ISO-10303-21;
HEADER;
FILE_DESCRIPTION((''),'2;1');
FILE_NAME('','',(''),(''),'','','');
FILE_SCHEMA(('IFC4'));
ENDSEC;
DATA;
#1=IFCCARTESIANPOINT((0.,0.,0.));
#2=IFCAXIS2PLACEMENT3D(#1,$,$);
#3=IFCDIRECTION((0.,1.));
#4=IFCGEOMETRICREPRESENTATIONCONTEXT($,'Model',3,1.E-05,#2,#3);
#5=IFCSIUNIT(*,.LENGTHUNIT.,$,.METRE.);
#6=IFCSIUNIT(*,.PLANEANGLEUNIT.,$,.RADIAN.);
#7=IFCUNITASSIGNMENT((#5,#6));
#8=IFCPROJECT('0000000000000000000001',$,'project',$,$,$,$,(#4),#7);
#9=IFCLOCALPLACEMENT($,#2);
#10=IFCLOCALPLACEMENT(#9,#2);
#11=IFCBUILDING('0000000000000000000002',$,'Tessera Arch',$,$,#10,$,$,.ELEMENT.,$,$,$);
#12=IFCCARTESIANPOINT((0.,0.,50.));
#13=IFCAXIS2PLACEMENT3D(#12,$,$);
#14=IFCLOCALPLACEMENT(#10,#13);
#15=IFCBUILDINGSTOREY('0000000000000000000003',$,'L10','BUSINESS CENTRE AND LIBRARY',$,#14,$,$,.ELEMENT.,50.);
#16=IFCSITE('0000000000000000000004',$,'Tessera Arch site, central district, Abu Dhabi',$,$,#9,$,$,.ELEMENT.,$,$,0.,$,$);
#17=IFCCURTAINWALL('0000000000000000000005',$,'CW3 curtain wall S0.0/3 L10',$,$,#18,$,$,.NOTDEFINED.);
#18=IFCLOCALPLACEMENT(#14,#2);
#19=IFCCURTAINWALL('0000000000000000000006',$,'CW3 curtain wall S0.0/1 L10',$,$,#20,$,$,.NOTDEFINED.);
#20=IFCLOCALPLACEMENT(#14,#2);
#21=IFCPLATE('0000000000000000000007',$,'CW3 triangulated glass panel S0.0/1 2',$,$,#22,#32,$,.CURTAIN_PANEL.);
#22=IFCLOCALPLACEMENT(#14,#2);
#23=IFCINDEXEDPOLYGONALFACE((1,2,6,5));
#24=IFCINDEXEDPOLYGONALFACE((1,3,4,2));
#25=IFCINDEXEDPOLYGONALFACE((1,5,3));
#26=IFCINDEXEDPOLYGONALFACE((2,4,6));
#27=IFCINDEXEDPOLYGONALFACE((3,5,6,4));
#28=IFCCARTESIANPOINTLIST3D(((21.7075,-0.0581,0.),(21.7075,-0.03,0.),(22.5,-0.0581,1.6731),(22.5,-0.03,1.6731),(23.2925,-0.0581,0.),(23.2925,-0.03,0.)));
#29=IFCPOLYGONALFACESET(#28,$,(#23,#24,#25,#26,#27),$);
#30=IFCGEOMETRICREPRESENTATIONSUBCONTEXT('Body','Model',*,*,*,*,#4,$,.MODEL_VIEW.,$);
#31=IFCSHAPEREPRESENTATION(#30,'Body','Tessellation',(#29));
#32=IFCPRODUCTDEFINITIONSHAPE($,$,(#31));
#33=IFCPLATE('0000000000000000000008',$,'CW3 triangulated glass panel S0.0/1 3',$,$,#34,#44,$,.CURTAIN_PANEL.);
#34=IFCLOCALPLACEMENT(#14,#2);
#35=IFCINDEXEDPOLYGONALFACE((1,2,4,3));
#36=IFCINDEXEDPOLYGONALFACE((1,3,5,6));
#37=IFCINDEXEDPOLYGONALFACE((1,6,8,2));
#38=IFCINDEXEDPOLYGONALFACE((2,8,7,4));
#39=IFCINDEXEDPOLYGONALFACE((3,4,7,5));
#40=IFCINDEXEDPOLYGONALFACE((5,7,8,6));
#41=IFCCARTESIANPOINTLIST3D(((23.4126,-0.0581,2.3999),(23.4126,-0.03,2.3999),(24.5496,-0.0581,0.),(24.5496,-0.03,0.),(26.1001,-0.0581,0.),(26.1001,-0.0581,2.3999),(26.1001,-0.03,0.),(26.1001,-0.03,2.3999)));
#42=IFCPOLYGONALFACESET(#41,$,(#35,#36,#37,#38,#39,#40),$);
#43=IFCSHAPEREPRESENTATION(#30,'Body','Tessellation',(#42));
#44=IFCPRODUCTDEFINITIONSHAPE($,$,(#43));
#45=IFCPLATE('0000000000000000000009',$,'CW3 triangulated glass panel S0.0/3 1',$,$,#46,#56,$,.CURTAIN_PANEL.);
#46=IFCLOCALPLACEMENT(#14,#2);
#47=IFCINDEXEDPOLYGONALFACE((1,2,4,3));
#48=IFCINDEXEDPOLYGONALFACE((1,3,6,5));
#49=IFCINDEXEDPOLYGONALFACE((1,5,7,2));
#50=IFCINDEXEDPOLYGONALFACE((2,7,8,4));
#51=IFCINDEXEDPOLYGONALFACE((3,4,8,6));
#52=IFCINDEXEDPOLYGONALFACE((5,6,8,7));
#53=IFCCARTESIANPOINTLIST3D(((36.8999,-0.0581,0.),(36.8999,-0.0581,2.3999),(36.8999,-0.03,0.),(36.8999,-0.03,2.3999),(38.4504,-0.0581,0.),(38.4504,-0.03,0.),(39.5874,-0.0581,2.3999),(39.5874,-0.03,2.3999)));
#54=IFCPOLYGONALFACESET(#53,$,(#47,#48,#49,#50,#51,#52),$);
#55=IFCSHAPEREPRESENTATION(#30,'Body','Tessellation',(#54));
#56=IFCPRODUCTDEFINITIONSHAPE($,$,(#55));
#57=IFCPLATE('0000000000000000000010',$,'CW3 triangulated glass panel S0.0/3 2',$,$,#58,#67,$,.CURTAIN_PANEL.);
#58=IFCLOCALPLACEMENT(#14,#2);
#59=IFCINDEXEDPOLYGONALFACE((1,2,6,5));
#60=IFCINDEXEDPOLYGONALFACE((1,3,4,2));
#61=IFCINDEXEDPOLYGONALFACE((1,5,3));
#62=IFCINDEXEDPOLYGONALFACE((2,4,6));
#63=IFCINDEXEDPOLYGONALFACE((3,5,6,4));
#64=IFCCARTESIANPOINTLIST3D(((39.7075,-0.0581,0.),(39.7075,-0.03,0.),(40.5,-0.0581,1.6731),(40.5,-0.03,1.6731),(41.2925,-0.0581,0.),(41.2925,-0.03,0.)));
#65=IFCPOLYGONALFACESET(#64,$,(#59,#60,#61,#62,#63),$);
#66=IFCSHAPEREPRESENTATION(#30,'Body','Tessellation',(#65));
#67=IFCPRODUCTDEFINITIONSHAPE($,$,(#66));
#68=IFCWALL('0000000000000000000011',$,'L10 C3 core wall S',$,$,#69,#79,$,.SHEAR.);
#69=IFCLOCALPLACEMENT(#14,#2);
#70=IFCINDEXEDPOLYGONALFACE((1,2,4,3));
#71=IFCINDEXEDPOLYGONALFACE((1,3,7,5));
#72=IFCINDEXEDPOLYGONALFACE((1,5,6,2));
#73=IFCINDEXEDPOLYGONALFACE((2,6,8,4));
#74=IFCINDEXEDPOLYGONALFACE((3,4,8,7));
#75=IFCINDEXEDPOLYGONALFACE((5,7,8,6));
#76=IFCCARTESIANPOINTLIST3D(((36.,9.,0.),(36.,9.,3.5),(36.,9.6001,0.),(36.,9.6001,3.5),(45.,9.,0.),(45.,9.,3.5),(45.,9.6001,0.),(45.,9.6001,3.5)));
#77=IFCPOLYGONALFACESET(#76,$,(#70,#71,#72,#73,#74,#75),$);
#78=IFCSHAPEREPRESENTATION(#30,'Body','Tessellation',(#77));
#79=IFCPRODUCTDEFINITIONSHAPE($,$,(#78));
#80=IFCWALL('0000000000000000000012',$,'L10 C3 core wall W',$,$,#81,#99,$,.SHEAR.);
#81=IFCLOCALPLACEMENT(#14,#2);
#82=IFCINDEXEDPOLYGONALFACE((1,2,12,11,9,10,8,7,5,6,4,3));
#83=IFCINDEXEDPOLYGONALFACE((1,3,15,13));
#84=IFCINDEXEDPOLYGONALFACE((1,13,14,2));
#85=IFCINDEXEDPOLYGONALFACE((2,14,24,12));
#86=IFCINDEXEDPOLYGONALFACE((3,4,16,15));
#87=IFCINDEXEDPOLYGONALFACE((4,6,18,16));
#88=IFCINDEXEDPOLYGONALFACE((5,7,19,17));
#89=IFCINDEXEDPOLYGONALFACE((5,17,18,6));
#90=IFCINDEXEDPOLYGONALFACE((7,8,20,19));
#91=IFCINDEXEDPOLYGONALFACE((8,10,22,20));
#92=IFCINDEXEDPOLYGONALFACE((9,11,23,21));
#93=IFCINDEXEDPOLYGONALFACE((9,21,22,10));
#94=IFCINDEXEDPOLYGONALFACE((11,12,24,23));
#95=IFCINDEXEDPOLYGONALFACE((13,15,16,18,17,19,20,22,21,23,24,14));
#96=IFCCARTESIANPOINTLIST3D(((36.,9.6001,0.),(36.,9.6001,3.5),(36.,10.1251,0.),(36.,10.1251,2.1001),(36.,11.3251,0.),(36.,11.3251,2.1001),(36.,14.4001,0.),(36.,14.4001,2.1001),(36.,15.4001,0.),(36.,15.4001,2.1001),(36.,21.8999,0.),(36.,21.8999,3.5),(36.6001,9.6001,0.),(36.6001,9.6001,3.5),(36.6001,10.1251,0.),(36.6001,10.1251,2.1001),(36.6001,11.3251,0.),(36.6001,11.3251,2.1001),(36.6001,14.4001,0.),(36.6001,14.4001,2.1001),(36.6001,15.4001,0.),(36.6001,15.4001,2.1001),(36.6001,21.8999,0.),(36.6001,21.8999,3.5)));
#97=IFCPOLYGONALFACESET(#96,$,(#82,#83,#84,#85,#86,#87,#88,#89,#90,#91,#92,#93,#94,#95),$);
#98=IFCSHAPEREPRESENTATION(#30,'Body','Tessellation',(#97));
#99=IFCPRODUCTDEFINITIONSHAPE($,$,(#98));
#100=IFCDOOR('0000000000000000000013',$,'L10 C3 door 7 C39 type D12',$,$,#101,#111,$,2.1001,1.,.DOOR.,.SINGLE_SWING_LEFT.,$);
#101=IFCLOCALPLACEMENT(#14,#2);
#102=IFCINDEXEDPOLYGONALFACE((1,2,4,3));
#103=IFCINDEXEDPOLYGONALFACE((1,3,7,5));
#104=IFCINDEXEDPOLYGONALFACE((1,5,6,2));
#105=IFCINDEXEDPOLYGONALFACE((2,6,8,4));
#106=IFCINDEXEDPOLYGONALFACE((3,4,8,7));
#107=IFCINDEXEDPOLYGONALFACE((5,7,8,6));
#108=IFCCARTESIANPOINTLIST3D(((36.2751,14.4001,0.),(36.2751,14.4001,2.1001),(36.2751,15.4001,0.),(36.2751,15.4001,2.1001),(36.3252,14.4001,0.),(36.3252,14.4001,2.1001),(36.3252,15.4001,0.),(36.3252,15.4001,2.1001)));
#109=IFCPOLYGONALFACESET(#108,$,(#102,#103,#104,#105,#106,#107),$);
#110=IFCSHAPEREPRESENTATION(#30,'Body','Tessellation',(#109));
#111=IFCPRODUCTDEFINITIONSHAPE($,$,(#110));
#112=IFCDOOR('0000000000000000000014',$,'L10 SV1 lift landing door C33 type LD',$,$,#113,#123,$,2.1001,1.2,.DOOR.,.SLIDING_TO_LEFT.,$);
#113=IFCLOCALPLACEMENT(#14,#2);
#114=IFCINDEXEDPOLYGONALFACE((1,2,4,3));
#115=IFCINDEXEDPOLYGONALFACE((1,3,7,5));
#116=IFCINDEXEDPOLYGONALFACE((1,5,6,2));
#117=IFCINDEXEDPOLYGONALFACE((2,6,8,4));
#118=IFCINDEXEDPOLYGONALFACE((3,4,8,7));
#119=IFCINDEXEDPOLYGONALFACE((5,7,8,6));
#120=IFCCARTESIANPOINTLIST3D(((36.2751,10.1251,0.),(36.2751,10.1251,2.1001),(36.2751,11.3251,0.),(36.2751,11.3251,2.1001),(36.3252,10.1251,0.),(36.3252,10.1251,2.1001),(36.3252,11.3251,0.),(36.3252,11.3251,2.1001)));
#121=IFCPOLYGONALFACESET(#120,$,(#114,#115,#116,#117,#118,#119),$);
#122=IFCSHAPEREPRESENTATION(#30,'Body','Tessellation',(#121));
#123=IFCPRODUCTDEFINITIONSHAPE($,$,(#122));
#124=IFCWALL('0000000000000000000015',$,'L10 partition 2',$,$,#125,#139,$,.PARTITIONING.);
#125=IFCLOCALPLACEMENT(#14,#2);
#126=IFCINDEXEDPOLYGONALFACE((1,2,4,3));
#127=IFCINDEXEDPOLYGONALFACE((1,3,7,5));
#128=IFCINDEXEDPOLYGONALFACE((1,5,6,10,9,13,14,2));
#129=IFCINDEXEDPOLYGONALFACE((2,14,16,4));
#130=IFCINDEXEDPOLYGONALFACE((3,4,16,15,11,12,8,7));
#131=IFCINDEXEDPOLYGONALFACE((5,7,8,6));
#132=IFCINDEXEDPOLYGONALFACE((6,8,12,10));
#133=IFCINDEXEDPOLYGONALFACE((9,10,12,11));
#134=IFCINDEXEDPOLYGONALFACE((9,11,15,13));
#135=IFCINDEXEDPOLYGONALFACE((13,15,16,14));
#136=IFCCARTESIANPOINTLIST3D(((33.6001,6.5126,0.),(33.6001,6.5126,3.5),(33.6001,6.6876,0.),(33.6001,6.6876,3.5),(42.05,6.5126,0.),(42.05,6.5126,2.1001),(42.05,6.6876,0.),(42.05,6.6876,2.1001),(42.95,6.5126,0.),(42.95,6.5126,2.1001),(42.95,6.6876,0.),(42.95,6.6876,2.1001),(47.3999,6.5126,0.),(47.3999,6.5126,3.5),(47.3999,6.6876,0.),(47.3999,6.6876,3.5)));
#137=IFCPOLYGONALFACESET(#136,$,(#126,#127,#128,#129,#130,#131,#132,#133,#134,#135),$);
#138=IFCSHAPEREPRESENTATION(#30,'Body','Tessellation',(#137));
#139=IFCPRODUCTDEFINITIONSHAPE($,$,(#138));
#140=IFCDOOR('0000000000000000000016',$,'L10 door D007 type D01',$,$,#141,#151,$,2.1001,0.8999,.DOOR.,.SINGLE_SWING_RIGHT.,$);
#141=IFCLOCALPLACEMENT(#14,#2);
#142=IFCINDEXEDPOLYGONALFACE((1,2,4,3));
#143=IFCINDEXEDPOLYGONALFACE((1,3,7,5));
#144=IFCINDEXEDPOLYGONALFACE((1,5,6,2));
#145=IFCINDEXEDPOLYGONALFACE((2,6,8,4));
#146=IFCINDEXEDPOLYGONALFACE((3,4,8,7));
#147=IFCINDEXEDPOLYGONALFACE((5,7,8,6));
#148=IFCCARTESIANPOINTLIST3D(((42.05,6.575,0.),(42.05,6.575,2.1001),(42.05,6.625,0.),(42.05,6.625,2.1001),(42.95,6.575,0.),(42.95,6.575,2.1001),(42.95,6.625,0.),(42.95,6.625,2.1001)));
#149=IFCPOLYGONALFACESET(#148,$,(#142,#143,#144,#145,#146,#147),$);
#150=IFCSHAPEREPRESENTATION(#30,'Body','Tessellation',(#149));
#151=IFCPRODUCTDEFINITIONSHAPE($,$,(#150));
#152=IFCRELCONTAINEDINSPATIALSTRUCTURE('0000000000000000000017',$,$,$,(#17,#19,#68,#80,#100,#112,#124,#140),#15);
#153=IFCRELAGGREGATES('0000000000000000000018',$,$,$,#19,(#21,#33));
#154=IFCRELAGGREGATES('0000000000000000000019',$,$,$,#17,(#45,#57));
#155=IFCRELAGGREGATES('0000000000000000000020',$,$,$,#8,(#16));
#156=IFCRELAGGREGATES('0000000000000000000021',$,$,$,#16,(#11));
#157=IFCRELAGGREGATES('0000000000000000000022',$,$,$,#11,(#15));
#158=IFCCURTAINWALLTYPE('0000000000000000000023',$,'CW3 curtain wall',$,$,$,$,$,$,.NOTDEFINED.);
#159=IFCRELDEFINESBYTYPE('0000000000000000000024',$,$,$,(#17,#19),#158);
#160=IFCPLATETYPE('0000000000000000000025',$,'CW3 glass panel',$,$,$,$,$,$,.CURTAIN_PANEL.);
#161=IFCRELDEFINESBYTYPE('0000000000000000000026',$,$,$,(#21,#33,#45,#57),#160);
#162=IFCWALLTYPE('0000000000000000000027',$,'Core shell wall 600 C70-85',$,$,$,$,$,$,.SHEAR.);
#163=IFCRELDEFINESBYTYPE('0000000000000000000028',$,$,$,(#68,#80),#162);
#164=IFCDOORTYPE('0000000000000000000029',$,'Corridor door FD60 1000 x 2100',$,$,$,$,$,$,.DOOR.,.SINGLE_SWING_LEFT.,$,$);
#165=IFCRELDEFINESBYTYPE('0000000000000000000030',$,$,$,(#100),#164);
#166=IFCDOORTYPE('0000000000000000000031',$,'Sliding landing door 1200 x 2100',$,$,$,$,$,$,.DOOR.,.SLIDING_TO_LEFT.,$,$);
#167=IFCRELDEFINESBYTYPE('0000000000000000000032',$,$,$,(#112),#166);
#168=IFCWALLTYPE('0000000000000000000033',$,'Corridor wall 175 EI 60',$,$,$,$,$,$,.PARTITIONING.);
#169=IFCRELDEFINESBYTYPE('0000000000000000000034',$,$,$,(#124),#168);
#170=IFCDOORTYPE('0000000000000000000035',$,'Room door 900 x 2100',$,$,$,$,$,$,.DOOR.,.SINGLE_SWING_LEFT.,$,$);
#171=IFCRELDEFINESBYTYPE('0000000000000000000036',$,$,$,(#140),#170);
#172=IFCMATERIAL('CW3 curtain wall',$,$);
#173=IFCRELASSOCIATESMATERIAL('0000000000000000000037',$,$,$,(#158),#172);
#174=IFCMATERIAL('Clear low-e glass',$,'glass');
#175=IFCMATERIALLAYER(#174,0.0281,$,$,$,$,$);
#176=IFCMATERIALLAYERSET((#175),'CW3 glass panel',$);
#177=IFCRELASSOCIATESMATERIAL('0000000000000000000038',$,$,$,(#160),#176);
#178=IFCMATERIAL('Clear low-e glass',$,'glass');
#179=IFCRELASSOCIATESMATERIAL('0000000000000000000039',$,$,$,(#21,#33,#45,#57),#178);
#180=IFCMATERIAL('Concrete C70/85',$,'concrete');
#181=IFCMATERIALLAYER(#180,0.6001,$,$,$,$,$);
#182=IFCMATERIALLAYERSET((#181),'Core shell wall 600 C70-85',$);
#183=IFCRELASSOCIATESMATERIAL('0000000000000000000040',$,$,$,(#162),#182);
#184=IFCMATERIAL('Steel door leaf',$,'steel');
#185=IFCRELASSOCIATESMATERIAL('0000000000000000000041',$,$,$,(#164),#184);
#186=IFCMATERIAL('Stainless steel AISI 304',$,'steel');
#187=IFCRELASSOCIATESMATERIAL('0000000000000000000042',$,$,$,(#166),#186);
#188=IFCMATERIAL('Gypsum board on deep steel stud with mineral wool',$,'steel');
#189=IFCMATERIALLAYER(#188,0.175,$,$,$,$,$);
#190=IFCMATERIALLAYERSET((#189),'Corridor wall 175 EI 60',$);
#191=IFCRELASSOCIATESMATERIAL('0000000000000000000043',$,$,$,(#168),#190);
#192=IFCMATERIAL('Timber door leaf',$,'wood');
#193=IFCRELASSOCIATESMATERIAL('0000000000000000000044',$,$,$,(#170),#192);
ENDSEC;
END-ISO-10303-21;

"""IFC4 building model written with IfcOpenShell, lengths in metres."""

from ifc_helpers import new_model, si_unit, direction, frame, frame_2d, origin, place, context, subcontext, project, spatial, polyline, rectangle, outline, extrude, material, layer, layer_set, type_object, element, fill, aggregate, save


model = new_model("IFC4")

# Units and contexts
model_context = context("Model", 3, precision=1e-05, world=origin(), true_north=direction((0.0, 1.0)))
body_context = subcontext(model_context, "Body", "Model", "MODEL_VIEW")
ifc_project = project(units=[si_unit("LENGTHUNIT", "METRE"), si_unit("PLANEANGLEUNIT", "RADIAN")], contexts=[model_context])

# Site, building, storey
site_placement = place(None, origin())
site = spatial("IfcSite", under=ifc_project, at=site_placement, Name="Tessera Arch site, central district, Abu Dhabi", CompositionType="ELEMENT", RefElevation=0.0)
building_placement = place(site_placement, origin())
building = spatial("IfcBuilding", under=site, at=building_placement, Name="Tessera Arch", CompositionType="ELEMENT")
storey_placement = place(building_placement, frame((0.0, 0.0, 50.0)))
storey = spatial("IfcBuildingStorey", under=building, at=storey_placement, Name="L10", Description="BUSINESS CENTRE AND LIBRARY", CompositionType="ELEMENT", Elevation=50.0)

# Curtain wall
ifc_material_1 = material(Name="CW3 curtain wall")
curtain_wall_type_1 = type_object("IfcCurtainWallType", Name="CW3 curtain wall", PredefinedType="NOTDEFINED", material=ifc_material_1)
curtain_wall_1_placement = place(storey_placement, origin())
curtain_wall_1 = element("IfcCurtainWall", 1, at=curtain_wall_1_placement, inside=storey, type_object=curtain_wall_type_1, Name="CW3 curtain wall S0.0/3 L10", PredefinedType="NOTDEFINED")

# Shared definitions
ifc_material_2 = material(Name="Clear low-e glass", Category="glass")

# Curtain wall, plates
curtain_wall_2_placement = place(storey_placement, origin())
curtain_wall_2 = element("IfcCurtainWall", 2, at=curtain_wall_2_placement, inside=storey, type_object=curtain_wall_type_1, Name="CW3 curtain wall S0.0/1 L10", PredefinedType="NOTDEFINED")
ifc_material_3 = material(Name="Clear low-e glass", Category="glass")
ifc_layer_1 = layer(ifc_material_3, 0.0281)
ifc_layer_set_1 = layer_set([ifc_layer_1], Name="CW3 glass panel")
plate_type_1 = type_object("IfcPlateType", Name="CW3 glass panel", PredefinedType="CURTAIN_PANEL", material=ifc_layer_set_1)
plate_1_placement = place(storey_placement, frame((21.7075, -0.0581, 0.0), z_axis=(0.0, -1.0, 0.0), x_axis=(1.0, 0.0, 0.0)))
plate_1 = element("IfcPlate", 3, at=plate_1_placement, type_object=plate_type_1, material=ifc_material_2, Name="CW3 triangulated glass panel S0.0/1 2", PredefinedType="CURTAIN_PANEL", context=body_context, shape_type="SweptSolid", body=[
    extrude(outline(polyline([(0.0, 0.0), (1.585, 0.0), (0.7925, 1.6731), (0.0, 0.0)])), origin(), (0.0, 0.0, -1.0), 0.0281),
])
plate_2_placement = place(storey_placement, frame((26.1001, -0.0581, 2.3999), z_axis=(0.0, -1.0, 0.0), x_axis=(-1.0, 0.0, 0.0)))
plate_2 = element("IfcPlate", 4, at=plate_2_placement, type_object=plate_type_1, material=ifc_material_2, Name="CW3 triangulated glass panel S0.0/1 3", PredefinedType="CURTAIN_PANEL", context=body_context, shape_type="SweptSolid", body=[
    extrude(outline(polyline([(0.0, 0.0), (2.6875, 0.0), (1.5505, 2.3999), (0.0, 2.3999), (0.0, 0.0)])), origin(), (0.0, 0.0, -1.0), 0.0281),
])
aggregate(curtain_wall_2, [plate_1, plate_2])

# Plates
plate_3_placement = place(storey_placement, frame((36.8999, -0.0581, 0.0), z_axis=(0.0, -1.0, 0.0), x_axis=(1.0, 0.0, 0.0)))
plate_3 = element("IfcPlate", 5, at=plate_3_placement, type_object=plate_type_1, material=ifc_material_2, Name="CW3 triangulated glass panel S0.0/3 1", PredefinedType="CURTAIN_PANEL", context=body_context, shape_type="SweptSolid", body=[
    extrude(outline(polyline([(0.0, 0.0), (1.5505, 0.0), (2.6875, 2.3999), (0.0, 2.3999), (0.0, 0.0)])), origin(), (0.0, 0.0, -1.0), 0.0281),
])
plate_4_placement = place(storey_placement, frame((39.7075, -0.0581, 0.0), z_axis=(0.0, -1.0, 0.0), x_axis=(1.0, 0.0, 0.0)))
plate_4 = element("IfcPlate", 6, at=plate_4_placement, type_object=plate_type_1, material=ifc_material_2, Name="CW3 triangulated glass panel S0.0/3 2", PredefinedType="CURTAIN_PANEL", context=body_context, shape_type="SweptSolid", body=[
    extrude(outline(polyline([(0.0, 0.0), (1.585, 0.0), (0.7925, 1.6731), (0.0, 0.0)])), origin(), (0.0, 0.0, -1.0), 0.0281),
])
aggregate(curtain_wall_1, [plate_3, plate_4])

# Wall
ifc_material_4 = material(Name="Concrete C70/85", Category="concrete")
ifc_layer_2 = layer(ifc_material_4, 0.6001)
ifc_layer_set_2 = layer_set([ifc_layer_2], Name="Core shell wall 600 C70-85")
wall_type_1 = type_object("IfcWallType", Name="Core shell wall 600 C70-85", PredefinedType="SHEAR", material=ifc_layer_set_2)
wall_1_placement = place(storey_placement, frame((36.0, 9.3, 0.0), z_axis=(0.0, 0.0, 1.0), x_axis=(1.0, 0.0, 0.0)))
element("IfcWall", 7, at=wall_1_placement, inside=storey, type_object=wall_type_1, Name="L10 C3 core wall S", PredefinedType="SHEAR", context=body_context, shape_type="SweptSolid", body=[
    extrude(rectangle(XDim=9.0, YDim=0.6001, at=frame_2d((4.5, 0.0))), origin(), (0.0, 0.0, 1.0), 3.5),
])

# Wall, openings, doors
wall_2_placement = place(storey_placement, frame((36.3, 9.6001, 0.0), z_axis=(0.0, 0.0, 1.0), x_axis=(0.0, 1.0, 0.0)))
wall_2 = element("IfcWall", 8, at=wall_2_placement, inside=storey, type_object=wall_type_1, Name="L10 C3 core wall W", PredefinedType="SHEAR", context=body_context, shape_type="SweptSolid", body=[
    extrude(rectangle(XDim=12.2998, YDim=0.6001, at=frame_2d((6.1499, 0.0))), origin(), (0.0, 0.0, 1.0), 3.5),
])
opening_1_placement = place(wall_2_placement, frame((0.5249, 0.0, 0.0)))
opening_1 = element("IfcOpeningElement", 9, at=opening_1_placement, cuts=wall_2, PredefinedType="OPENING", context=body_context, shape_type="SweptSolid", body=[
    extrude(rectangle(XDim=1.2, YDim=2.1001, at=frame_2d((0.6001, 1.05))), frame((0.0, 0.3101, 0.0), z_axis=(0.0, -1.0, 0.0), x_axis=(1.0, 0.0, 0.0)), (0.0, 0.0, 1.0), 0.6201),
])
opening_2_placement = place(wall_2_placement, frame((4.8, 0.0, 0.0)))
opening_2 = element("IfcOpeningElement", 10, at=opening_2_placement, cuts=wall_2, PredefinedType="OPENING", context=body_context, shape_type="SweptSolid", body=[
    extrude(rectangle(XDim=1.0, YDim=2.1001, at=frame_2d((0.5, 1.05))), frame((0.0, 0.3101, 0.0), z_axis=(0.0, -1.0, 0.0), x_axis=(1.0, 0.0, 0.0)), (0.0, 0.0, 1.0), 0.6201),
])
ifc_material_5 = material(Name="Steel door leaf", Category="steel")
door_type_1 = type_object("IfcDoorType", Name="Corridor door FD60 1000 x 2100", OperationType="SINGLE_SWING_LEFT", PredefinedType="DOOR", material=ifc_material_5)
door_1_placement = place(opening_2_placement, origin())
door_1 = element("IfcDoor", 11, at=door_1_placement, inside=storey, type_object=door_type_1, Name="L10 C3 door 7 C39 type D12", OperationType="SINGLE_SWING_LEFT", OverallHeight=2.1001, OverallWidth=1.0, PredefinedType="DOOR", context=body_context, shape_type="SweptSolid", body=[
    extrude(rectangle(XDim=1.0, YDim=2.1001, at=frame_2d((0.5, 1.05))), frame((0.0, 0.0249, 0.0), z_axis=(0.0, -1.0, 0.0), x_axis=(1.0, 0.0, 0.0)), (0.0, 0.0, 1.0), 0.05),
])
fill(opening_2, door_1)
ifc_material_6 = material(Name="Stainless steel AISI 304", Category="steel")
door_type_2 = type_object("IfcDoorType", Name="Sliding landing door 1200 x 2100", OperationType="SLIDING_TO_LEFT", PredefinedType="DOOR", material=ifc_material_6)
door_2_placement = place(opening_1_placement, origin())
door_2 = element("IfcDoor", 12, at=door_2_placement, inside=storey, type_object=door_type_2, Name="L10 SV1 lift landing door C33 type LD", OperationType="SLIDING_TO_LEFT", OverallHeight=2.1001, OverallWidth=1.2, PredefinedType="DOOR", context=body_context, shape_type="SweptSolid", body=[
    extrude(rectangle(XDim=1.2, YDim=2.1001, at=frame_2d((0.6001, 1.05))), frame((0.0, 0.0249, 0.0), z_axis=(0.0, -1.0, 0.0), x_axis=(1.0, 0.0, 0.0)), (0.0, 0.0, 1.0), 0.05),
])
fill(opening_1, door_2)

# Wall, opening, door
ifc_material_7 = material(Name="Gypsum board on deep steel stud with mineral wool", Category="steel")
ifc_layer_3 = layer(ifc_material_7, 0.175)
ifc_layer_set_3 = layer_set([ifc_layer_3], Name="Corridor wall 175 EI 60")
wall_type_2 = type_object("IfcWallType", Name="Corridor wall 175 EI 60", PredefinedType="PARTITIONING", material=ifc_layer_set_3)
wall_3_placement = place(storey_placement, frame((33.6001, 6.6001, 0.0), z_axis=(0.0, 0.0, 1.0), x_axis=(1.0, 0.0, 0.0)))
wall_3 = element("IfcWall", 13, at=wall_3_placement, inside=storey, type_object=wall_type_2, Name="L10 partition 2", PredefinedType="PARTITIONING", context=body_context, shape_type="SweptSolid", body=[
    extrude(rectangle(XDim=13.7998, YDim=0.175, at=frame_2d((6.8999, 0.0))), origin(), (0.0, 0.0, 1.0), 3.5),
])
opening_3_placement = place(wall_3_placement, frame((8.45, 0.0, 0.0)))
opening_3 = element("IfcOpeningElement", 14, at=opening_3_placement, cuts=wall_3, PredefinedType="OPENING", context=body_context, shape_type="SweptSolid", body=[
    extrude(rectangle(XDim=0.8999, YDim=2.1001, at=frame_2d((0.45, 1.05))), frame((0.0, 0.0974, 0.0), z_axis=(0.0, -1.0, 0.0), x_axis=(1.0, 0.0, 0.0)), (0.0, 0.0, 1.0), 0.1951),
])
ifc_material_8 = material(Name="Timber door leaf", Category="wood")
door_type_3 = type_object("IfcDoorType", Name="Room door 900 x 2100", OperationType="SINGLE_SWING_LEFT", PredefinedType="DOOR", material=ifc_material_8)
door_3_placement = place(opening_3_placement, origin())
door_3 = element("IfcDoor", 15, at=door_3_placement, inside=storey, type_object=door_type_3, Name="L10 door D007 type D01", OperationType="SINGLE_SWING_RIGHT", OverallHeight=2.1001, OverallWidth=0.8999, PredefinedType="DOOR", context=body_context, shape_type="SweptSolid", body=[
    extrude(rectangle(XDim=0.8999, YDim=2.1001, at=frame_2d((0.45, 1.05))), frame((0.0, 0.0249, 0.0), z_axis=(0.0, -1.0, 0.0), x_axis=(1.0, 0.0, 0.0)), (0.0, 0.0, 1.0), 0.05),
])
fill(opening_3, door_3)

save(model, "model.ifc")
